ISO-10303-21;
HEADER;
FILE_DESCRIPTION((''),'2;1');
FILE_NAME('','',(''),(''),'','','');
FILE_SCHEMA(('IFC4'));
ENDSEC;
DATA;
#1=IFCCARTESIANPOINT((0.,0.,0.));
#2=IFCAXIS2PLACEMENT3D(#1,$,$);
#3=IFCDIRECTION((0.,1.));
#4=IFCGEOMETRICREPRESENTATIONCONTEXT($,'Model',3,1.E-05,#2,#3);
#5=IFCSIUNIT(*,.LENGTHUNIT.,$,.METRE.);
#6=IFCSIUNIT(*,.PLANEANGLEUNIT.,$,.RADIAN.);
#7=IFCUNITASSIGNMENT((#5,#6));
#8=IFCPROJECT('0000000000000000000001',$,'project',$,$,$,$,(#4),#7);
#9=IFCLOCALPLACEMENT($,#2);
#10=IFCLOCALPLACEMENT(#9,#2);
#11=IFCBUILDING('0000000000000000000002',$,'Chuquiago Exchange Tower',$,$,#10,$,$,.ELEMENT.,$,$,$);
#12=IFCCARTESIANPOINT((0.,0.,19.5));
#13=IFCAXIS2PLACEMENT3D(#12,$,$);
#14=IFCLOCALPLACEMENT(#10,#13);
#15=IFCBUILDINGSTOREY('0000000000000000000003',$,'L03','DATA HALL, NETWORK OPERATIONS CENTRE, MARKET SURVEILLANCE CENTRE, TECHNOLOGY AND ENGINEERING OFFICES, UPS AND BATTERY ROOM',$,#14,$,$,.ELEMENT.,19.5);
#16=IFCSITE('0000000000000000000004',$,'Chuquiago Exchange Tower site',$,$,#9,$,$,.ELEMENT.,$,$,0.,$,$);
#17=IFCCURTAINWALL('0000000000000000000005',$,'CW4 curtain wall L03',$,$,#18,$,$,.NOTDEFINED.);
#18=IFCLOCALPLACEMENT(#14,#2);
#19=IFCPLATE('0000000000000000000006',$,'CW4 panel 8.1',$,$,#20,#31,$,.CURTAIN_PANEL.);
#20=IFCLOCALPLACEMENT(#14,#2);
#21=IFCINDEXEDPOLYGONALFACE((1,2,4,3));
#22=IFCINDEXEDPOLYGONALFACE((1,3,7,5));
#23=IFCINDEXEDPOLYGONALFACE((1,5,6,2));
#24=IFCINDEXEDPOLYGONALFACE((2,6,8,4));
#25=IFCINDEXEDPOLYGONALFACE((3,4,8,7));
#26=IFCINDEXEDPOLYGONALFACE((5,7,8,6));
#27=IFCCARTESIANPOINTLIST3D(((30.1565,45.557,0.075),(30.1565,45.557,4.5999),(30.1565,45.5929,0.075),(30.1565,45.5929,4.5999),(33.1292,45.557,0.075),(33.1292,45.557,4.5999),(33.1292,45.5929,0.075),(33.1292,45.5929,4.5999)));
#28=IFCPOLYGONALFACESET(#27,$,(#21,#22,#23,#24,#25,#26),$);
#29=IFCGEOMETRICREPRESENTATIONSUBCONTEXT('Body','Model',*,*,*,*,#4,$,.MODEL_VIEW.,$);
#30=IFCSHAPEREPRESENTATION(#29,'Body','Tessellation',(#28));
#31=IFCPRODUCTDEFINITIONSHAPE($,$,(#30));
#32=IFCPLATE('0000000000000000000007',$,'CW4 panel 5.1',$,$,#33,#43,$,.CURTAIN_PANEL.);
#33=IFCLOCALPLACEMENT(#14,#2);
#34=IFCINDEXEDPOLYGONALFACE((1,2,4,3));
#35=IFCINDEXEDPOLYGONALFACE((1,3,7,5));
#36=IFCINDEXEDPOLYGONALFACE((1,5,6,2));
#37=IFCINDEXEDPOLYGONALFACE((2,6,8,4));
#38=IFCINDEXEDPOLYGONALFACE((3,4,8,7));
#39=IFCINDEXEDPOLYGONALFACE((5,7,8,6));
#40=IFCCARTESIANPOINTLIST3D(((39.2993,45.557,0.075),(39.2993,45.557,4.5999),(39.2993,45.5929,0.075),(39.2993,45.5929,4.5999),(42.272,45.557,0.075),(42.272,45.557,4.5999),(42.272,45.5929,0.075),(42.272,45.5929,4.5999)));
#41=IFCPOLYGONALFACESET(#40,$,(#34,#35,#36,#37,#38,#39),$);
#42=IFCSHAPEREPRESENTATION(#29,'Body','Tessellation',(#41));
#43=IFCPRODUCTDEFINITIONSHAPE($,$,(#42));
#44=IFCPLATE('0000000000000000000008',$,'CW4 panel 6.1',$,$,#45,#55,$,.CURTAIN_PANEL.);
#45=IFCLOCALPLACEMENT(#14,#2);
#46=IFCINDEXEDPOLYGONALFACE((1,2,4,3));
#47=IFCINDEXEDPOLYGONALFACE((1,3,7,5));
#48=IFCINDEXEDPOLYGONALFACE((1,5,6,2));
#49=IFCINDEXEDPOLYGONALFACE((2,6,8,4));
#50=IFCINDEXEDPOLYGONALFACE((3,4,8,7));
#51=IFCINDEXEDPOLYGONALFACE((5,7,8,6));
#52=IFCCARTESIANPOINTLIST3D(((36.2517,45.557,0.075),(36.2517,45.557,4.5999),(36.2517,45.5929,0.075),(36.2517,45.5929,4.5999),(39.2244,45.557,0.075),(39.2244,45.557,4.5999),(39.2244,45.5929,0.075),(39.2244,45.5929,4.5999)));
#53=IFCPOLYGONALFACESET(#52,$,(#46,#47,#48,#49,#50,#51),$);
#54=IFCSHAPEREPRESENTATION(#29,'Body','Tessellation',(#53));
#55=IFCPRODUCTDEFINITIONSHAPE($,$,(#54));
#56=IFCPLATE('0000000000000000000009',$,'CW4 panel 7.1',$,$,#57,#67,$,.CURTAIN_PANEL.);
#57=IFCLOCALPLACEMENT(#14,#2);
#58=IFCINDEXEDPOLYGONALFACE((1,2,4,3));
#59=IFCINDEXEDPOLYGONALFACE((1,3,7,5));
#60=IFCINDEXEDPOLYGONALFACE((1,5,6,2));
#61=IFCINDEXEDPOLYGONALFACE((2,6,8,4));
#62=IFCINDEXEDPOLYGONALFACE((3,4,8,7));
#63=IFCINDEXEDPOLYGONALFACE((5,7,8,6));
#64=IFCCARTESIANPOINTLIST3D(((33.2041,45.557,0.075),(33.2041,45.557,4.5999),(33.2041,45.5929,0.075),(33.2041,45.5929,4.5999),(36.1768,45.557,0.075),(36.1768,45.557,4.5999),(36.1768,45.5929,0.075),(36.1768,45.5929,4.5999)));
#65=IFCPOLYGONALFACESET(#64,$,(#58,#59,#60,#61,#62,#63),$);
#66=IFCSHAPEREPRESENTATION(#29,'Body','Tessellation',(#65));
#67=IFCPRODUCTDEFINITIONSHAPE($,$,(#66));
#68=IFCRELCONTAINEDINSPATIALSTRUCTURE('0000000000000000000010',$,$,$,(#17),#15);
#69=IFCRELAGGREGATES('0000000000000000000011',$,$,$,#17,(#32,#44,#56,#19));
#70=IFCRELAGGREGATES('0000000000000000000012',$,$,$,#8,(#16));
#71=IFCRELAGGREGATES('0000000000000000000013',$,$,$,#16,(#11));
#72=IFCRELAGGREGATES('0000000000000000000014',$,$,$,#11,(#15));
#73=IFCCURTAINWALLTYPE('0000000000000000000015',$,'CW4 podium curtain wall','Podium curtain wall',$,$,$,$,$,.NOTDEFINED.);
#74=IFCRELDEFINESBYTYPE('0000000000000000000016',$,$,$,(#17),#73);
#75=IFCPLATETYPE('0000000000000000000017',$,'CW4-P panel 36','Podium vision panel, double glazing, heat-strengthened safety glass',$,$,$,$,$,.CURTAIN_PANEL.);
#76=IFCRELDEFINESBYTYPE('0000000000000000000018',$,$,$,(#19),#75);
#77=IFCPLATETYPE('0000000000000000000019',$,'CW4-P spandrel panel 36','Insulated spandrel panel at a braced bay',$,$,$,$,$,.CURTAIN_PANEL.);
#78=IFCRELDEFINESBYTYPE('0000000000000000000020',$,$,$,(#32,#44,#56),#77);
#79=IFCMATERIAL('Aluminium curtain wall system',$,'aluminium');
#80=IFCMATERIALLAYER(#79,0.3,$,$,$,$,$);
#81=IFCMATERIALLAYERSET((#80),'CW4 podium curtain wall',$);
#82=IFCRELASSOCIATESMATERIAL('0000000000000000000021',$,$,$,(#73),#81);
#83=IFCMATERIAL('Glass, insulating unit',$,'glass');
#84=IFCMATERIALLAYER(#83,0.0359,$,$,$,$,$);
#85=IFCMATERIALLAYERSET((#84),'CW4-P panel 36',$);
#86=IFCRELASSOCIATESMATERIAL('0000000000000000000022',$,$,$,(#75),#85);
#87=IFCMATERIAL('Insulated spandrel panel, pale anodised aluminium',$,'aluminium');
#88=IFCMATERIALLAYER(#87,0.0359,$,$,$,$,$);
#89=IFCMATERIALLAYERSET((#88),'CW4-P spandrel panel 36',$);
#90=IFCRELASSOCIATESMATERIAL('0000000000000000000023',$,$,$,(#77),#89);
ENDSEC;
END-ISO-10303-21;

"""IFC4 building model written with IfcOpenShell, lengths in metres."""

from ifc_helpers import new_model, si_unit, direction, frame, origin, origin_2d, place, context, subcontext, project, spatial, rectangle, extrude, material, layer, layer_set, type_object, element, aggregate, save


model = new_model("IFC4")

# Units and contexts
model_context = context("Model", 3, precision=1e-05, world=origin(), true_north=direction((0.0, 1.0)))
body_context = subcontext(model_context, "Body", "Model", "MODEL_VIEW")
ifc_project = project(units=[si_unit("LENGTHUNIT", "METRE"), si_unit("PLANEANGLEUNIT", "RADIAN")], contexts=[model_context])

# Site, building, storey
site_placement = place(None, origin())
site = spatial("IfcSite", under=ifc_project, at=site_placement, Name="Chuquiago Exchange Tower site", CompositionType="ELEMENT", RefElevation=0.0)
building_placement = place(site_placement, origin())
building = spatial("IfcBuilding", under=site, at=building_placement, Name="Chuquiago Exchange Tower", CompositionType="ELEMENT")
storey_placement = place(building_placement, frame((0.0, 0.0, 19.5)))
storey = spatial("IfcBuildingStorey", under=building, at=storey_placement, Name="L03", Description="DATA HALL, NETWORK OPERATIONS CENTRE, MARKET SURVEILLANCE CENTRE, TECHNOLOGY AND ENGINEERING OFFICES, UPS AND BATTERY ROOM", CompositionType="ELEMENT", Elevation=19.5)

# Curtain wall
ifc_material_1 = material(Name="Aluminium curtain wall system", Category="aluminium")
ifc_layer_1 = layer(ifc_material_1, 0.3)
ifc_layer_set_1 = layer_set([ifc_layer_1], Name="CW4 podium curtain wall")
curtain_wall_type = type_object("IfcCurtainWallType", Name="CW4 podium curtain wall", Description="Podium curtain wall", PredefinedType="NOTDEFINED", material=ifc_layer_set_1)
curtain_wall_placement = place(storey_placement, origin())
curtain_wall = element("IfcCurtainWall", 1, at=curtain_wall_placement, inside=storey, type_object=curtain_wall_type, Name="CW4 curtain wall L03", PredefinedType="NOTDEFINED")

# Plates
ifc_material_2 = material(Name="Glass, insulating unit", Category="glass")
ifc_layer_2 = layer(ifc_material_2, 0.0359)
ifc_layer_set_2 = layer_set([ifc_layer_2], Name="CW4-P panel 36")
plate_type_1 = type_object("IfcPlateType", Name="CW4-P panel 36", Description="Podium vision panel, double glazing, heat-strengthened safety glass", PredefinedType="CURTAIN_PANEL", material=ifc_layer_set_2)
plate_1_placement = place(storey_placement, frame((31.6428, 45.575, 0.075), z_axis=(0.0, 0.0, 1.0), x_axis=(-1.0, 0.0, 0.0)))
plate_1 = element("IfcPlate", 2, at=plate_1_placement, type_object=plate_type_1, Name="CW4 panel 8.1", PredefinedType="CURTAIN_PANEL", context=body_context, shape_type="SweptSolid", body=[
    extrude(rectangle(XDim=2.9727, YDim=0.0359, at=origin_2d()), origin(), (0.0, 0.0, 1.0), 4.5249),
])
ifc_material_3 = material(Name="Insulated spandrel panel, pale anodised aluminium", Category="aluminium")
ifc_layer_3 = layer(ifc_material_3, 0.0359)
ifc_layer_set_3 = layer_set([ifc_layer_3], Name="CW4-P spandrel panel 36")
plate_type_2 = type_object("IfcPlateType", Name="CW4-P spandrel panel 36", Description="Insulated spandrel panel at a braced bay", PredefinedType="CURTAIN_PANEL", material=ifc_layer_set_3)
plate_2_placement = place(storey_placement, frame((40.7856, 45.575, 0.075), z_axis=(0.0, 0.0, 1.0), x_axis=(-1.0, 0.0, 0.0)))
plate_2 = element("IfcPlate", 3, at=plate_2_placement, type_object=plate_type_2, Name="CW4 panel 5.1", PredefinedType="CURTAIN_PANEL", context=body_context, shape_type="SweptSolid", body=[
    extrude(rectangle(XDim=2.9727, YDim=0.0359, at=origin_2d()), origin(), (0.0, 0.0, 1.0), 4.5249),
])
plate_3_placement = place(storey_placement, frame((37.738, 45.575, 0.075), z_axis=(0.0, 0.0, 1.0), x_axis=(-1.0, 0.0, 0.0)))
plate_3 = element("IfcPlate", 4, at=plate_3_placement, type_object=plate_type_2, Name="CW4 panel 6.1", PredefinedType="CURTAIN_PANEL", context=body_context, shape_type="SweptSolid", body=[
    extrude(rectangle(XDim=2.9727, YDim=0.0359, at=origin_2d()), origin(), (0.0, 0.0, 1.0), 4.5249),
])
plate_4_placement = place(storey_placement, frame((34.6904, 45.575, 0.075), z_axis=(0.0, 0.0, 1.0), x_axis=(-1.0, 0.0, 0.0)))
plate_4 = element("IfcPlate", 5, at=plate_4_placement, type_object=plate_type_2, Name="CW4 panel 7.1", PredefinedType="CURTAIN_PANEL", context=body_context, shape_type="SweptSolid", body=[
    extrude(rectangle(XDim=2.9727, YDim=0.0359, at=origin_2d()), origin(), (0.0, 0.0, 1.0), 4.5249),
])
aggregate(curtain_wall, [plate_2, plate_3, plate_4, plate_1])

save(model, "model.ifc")
